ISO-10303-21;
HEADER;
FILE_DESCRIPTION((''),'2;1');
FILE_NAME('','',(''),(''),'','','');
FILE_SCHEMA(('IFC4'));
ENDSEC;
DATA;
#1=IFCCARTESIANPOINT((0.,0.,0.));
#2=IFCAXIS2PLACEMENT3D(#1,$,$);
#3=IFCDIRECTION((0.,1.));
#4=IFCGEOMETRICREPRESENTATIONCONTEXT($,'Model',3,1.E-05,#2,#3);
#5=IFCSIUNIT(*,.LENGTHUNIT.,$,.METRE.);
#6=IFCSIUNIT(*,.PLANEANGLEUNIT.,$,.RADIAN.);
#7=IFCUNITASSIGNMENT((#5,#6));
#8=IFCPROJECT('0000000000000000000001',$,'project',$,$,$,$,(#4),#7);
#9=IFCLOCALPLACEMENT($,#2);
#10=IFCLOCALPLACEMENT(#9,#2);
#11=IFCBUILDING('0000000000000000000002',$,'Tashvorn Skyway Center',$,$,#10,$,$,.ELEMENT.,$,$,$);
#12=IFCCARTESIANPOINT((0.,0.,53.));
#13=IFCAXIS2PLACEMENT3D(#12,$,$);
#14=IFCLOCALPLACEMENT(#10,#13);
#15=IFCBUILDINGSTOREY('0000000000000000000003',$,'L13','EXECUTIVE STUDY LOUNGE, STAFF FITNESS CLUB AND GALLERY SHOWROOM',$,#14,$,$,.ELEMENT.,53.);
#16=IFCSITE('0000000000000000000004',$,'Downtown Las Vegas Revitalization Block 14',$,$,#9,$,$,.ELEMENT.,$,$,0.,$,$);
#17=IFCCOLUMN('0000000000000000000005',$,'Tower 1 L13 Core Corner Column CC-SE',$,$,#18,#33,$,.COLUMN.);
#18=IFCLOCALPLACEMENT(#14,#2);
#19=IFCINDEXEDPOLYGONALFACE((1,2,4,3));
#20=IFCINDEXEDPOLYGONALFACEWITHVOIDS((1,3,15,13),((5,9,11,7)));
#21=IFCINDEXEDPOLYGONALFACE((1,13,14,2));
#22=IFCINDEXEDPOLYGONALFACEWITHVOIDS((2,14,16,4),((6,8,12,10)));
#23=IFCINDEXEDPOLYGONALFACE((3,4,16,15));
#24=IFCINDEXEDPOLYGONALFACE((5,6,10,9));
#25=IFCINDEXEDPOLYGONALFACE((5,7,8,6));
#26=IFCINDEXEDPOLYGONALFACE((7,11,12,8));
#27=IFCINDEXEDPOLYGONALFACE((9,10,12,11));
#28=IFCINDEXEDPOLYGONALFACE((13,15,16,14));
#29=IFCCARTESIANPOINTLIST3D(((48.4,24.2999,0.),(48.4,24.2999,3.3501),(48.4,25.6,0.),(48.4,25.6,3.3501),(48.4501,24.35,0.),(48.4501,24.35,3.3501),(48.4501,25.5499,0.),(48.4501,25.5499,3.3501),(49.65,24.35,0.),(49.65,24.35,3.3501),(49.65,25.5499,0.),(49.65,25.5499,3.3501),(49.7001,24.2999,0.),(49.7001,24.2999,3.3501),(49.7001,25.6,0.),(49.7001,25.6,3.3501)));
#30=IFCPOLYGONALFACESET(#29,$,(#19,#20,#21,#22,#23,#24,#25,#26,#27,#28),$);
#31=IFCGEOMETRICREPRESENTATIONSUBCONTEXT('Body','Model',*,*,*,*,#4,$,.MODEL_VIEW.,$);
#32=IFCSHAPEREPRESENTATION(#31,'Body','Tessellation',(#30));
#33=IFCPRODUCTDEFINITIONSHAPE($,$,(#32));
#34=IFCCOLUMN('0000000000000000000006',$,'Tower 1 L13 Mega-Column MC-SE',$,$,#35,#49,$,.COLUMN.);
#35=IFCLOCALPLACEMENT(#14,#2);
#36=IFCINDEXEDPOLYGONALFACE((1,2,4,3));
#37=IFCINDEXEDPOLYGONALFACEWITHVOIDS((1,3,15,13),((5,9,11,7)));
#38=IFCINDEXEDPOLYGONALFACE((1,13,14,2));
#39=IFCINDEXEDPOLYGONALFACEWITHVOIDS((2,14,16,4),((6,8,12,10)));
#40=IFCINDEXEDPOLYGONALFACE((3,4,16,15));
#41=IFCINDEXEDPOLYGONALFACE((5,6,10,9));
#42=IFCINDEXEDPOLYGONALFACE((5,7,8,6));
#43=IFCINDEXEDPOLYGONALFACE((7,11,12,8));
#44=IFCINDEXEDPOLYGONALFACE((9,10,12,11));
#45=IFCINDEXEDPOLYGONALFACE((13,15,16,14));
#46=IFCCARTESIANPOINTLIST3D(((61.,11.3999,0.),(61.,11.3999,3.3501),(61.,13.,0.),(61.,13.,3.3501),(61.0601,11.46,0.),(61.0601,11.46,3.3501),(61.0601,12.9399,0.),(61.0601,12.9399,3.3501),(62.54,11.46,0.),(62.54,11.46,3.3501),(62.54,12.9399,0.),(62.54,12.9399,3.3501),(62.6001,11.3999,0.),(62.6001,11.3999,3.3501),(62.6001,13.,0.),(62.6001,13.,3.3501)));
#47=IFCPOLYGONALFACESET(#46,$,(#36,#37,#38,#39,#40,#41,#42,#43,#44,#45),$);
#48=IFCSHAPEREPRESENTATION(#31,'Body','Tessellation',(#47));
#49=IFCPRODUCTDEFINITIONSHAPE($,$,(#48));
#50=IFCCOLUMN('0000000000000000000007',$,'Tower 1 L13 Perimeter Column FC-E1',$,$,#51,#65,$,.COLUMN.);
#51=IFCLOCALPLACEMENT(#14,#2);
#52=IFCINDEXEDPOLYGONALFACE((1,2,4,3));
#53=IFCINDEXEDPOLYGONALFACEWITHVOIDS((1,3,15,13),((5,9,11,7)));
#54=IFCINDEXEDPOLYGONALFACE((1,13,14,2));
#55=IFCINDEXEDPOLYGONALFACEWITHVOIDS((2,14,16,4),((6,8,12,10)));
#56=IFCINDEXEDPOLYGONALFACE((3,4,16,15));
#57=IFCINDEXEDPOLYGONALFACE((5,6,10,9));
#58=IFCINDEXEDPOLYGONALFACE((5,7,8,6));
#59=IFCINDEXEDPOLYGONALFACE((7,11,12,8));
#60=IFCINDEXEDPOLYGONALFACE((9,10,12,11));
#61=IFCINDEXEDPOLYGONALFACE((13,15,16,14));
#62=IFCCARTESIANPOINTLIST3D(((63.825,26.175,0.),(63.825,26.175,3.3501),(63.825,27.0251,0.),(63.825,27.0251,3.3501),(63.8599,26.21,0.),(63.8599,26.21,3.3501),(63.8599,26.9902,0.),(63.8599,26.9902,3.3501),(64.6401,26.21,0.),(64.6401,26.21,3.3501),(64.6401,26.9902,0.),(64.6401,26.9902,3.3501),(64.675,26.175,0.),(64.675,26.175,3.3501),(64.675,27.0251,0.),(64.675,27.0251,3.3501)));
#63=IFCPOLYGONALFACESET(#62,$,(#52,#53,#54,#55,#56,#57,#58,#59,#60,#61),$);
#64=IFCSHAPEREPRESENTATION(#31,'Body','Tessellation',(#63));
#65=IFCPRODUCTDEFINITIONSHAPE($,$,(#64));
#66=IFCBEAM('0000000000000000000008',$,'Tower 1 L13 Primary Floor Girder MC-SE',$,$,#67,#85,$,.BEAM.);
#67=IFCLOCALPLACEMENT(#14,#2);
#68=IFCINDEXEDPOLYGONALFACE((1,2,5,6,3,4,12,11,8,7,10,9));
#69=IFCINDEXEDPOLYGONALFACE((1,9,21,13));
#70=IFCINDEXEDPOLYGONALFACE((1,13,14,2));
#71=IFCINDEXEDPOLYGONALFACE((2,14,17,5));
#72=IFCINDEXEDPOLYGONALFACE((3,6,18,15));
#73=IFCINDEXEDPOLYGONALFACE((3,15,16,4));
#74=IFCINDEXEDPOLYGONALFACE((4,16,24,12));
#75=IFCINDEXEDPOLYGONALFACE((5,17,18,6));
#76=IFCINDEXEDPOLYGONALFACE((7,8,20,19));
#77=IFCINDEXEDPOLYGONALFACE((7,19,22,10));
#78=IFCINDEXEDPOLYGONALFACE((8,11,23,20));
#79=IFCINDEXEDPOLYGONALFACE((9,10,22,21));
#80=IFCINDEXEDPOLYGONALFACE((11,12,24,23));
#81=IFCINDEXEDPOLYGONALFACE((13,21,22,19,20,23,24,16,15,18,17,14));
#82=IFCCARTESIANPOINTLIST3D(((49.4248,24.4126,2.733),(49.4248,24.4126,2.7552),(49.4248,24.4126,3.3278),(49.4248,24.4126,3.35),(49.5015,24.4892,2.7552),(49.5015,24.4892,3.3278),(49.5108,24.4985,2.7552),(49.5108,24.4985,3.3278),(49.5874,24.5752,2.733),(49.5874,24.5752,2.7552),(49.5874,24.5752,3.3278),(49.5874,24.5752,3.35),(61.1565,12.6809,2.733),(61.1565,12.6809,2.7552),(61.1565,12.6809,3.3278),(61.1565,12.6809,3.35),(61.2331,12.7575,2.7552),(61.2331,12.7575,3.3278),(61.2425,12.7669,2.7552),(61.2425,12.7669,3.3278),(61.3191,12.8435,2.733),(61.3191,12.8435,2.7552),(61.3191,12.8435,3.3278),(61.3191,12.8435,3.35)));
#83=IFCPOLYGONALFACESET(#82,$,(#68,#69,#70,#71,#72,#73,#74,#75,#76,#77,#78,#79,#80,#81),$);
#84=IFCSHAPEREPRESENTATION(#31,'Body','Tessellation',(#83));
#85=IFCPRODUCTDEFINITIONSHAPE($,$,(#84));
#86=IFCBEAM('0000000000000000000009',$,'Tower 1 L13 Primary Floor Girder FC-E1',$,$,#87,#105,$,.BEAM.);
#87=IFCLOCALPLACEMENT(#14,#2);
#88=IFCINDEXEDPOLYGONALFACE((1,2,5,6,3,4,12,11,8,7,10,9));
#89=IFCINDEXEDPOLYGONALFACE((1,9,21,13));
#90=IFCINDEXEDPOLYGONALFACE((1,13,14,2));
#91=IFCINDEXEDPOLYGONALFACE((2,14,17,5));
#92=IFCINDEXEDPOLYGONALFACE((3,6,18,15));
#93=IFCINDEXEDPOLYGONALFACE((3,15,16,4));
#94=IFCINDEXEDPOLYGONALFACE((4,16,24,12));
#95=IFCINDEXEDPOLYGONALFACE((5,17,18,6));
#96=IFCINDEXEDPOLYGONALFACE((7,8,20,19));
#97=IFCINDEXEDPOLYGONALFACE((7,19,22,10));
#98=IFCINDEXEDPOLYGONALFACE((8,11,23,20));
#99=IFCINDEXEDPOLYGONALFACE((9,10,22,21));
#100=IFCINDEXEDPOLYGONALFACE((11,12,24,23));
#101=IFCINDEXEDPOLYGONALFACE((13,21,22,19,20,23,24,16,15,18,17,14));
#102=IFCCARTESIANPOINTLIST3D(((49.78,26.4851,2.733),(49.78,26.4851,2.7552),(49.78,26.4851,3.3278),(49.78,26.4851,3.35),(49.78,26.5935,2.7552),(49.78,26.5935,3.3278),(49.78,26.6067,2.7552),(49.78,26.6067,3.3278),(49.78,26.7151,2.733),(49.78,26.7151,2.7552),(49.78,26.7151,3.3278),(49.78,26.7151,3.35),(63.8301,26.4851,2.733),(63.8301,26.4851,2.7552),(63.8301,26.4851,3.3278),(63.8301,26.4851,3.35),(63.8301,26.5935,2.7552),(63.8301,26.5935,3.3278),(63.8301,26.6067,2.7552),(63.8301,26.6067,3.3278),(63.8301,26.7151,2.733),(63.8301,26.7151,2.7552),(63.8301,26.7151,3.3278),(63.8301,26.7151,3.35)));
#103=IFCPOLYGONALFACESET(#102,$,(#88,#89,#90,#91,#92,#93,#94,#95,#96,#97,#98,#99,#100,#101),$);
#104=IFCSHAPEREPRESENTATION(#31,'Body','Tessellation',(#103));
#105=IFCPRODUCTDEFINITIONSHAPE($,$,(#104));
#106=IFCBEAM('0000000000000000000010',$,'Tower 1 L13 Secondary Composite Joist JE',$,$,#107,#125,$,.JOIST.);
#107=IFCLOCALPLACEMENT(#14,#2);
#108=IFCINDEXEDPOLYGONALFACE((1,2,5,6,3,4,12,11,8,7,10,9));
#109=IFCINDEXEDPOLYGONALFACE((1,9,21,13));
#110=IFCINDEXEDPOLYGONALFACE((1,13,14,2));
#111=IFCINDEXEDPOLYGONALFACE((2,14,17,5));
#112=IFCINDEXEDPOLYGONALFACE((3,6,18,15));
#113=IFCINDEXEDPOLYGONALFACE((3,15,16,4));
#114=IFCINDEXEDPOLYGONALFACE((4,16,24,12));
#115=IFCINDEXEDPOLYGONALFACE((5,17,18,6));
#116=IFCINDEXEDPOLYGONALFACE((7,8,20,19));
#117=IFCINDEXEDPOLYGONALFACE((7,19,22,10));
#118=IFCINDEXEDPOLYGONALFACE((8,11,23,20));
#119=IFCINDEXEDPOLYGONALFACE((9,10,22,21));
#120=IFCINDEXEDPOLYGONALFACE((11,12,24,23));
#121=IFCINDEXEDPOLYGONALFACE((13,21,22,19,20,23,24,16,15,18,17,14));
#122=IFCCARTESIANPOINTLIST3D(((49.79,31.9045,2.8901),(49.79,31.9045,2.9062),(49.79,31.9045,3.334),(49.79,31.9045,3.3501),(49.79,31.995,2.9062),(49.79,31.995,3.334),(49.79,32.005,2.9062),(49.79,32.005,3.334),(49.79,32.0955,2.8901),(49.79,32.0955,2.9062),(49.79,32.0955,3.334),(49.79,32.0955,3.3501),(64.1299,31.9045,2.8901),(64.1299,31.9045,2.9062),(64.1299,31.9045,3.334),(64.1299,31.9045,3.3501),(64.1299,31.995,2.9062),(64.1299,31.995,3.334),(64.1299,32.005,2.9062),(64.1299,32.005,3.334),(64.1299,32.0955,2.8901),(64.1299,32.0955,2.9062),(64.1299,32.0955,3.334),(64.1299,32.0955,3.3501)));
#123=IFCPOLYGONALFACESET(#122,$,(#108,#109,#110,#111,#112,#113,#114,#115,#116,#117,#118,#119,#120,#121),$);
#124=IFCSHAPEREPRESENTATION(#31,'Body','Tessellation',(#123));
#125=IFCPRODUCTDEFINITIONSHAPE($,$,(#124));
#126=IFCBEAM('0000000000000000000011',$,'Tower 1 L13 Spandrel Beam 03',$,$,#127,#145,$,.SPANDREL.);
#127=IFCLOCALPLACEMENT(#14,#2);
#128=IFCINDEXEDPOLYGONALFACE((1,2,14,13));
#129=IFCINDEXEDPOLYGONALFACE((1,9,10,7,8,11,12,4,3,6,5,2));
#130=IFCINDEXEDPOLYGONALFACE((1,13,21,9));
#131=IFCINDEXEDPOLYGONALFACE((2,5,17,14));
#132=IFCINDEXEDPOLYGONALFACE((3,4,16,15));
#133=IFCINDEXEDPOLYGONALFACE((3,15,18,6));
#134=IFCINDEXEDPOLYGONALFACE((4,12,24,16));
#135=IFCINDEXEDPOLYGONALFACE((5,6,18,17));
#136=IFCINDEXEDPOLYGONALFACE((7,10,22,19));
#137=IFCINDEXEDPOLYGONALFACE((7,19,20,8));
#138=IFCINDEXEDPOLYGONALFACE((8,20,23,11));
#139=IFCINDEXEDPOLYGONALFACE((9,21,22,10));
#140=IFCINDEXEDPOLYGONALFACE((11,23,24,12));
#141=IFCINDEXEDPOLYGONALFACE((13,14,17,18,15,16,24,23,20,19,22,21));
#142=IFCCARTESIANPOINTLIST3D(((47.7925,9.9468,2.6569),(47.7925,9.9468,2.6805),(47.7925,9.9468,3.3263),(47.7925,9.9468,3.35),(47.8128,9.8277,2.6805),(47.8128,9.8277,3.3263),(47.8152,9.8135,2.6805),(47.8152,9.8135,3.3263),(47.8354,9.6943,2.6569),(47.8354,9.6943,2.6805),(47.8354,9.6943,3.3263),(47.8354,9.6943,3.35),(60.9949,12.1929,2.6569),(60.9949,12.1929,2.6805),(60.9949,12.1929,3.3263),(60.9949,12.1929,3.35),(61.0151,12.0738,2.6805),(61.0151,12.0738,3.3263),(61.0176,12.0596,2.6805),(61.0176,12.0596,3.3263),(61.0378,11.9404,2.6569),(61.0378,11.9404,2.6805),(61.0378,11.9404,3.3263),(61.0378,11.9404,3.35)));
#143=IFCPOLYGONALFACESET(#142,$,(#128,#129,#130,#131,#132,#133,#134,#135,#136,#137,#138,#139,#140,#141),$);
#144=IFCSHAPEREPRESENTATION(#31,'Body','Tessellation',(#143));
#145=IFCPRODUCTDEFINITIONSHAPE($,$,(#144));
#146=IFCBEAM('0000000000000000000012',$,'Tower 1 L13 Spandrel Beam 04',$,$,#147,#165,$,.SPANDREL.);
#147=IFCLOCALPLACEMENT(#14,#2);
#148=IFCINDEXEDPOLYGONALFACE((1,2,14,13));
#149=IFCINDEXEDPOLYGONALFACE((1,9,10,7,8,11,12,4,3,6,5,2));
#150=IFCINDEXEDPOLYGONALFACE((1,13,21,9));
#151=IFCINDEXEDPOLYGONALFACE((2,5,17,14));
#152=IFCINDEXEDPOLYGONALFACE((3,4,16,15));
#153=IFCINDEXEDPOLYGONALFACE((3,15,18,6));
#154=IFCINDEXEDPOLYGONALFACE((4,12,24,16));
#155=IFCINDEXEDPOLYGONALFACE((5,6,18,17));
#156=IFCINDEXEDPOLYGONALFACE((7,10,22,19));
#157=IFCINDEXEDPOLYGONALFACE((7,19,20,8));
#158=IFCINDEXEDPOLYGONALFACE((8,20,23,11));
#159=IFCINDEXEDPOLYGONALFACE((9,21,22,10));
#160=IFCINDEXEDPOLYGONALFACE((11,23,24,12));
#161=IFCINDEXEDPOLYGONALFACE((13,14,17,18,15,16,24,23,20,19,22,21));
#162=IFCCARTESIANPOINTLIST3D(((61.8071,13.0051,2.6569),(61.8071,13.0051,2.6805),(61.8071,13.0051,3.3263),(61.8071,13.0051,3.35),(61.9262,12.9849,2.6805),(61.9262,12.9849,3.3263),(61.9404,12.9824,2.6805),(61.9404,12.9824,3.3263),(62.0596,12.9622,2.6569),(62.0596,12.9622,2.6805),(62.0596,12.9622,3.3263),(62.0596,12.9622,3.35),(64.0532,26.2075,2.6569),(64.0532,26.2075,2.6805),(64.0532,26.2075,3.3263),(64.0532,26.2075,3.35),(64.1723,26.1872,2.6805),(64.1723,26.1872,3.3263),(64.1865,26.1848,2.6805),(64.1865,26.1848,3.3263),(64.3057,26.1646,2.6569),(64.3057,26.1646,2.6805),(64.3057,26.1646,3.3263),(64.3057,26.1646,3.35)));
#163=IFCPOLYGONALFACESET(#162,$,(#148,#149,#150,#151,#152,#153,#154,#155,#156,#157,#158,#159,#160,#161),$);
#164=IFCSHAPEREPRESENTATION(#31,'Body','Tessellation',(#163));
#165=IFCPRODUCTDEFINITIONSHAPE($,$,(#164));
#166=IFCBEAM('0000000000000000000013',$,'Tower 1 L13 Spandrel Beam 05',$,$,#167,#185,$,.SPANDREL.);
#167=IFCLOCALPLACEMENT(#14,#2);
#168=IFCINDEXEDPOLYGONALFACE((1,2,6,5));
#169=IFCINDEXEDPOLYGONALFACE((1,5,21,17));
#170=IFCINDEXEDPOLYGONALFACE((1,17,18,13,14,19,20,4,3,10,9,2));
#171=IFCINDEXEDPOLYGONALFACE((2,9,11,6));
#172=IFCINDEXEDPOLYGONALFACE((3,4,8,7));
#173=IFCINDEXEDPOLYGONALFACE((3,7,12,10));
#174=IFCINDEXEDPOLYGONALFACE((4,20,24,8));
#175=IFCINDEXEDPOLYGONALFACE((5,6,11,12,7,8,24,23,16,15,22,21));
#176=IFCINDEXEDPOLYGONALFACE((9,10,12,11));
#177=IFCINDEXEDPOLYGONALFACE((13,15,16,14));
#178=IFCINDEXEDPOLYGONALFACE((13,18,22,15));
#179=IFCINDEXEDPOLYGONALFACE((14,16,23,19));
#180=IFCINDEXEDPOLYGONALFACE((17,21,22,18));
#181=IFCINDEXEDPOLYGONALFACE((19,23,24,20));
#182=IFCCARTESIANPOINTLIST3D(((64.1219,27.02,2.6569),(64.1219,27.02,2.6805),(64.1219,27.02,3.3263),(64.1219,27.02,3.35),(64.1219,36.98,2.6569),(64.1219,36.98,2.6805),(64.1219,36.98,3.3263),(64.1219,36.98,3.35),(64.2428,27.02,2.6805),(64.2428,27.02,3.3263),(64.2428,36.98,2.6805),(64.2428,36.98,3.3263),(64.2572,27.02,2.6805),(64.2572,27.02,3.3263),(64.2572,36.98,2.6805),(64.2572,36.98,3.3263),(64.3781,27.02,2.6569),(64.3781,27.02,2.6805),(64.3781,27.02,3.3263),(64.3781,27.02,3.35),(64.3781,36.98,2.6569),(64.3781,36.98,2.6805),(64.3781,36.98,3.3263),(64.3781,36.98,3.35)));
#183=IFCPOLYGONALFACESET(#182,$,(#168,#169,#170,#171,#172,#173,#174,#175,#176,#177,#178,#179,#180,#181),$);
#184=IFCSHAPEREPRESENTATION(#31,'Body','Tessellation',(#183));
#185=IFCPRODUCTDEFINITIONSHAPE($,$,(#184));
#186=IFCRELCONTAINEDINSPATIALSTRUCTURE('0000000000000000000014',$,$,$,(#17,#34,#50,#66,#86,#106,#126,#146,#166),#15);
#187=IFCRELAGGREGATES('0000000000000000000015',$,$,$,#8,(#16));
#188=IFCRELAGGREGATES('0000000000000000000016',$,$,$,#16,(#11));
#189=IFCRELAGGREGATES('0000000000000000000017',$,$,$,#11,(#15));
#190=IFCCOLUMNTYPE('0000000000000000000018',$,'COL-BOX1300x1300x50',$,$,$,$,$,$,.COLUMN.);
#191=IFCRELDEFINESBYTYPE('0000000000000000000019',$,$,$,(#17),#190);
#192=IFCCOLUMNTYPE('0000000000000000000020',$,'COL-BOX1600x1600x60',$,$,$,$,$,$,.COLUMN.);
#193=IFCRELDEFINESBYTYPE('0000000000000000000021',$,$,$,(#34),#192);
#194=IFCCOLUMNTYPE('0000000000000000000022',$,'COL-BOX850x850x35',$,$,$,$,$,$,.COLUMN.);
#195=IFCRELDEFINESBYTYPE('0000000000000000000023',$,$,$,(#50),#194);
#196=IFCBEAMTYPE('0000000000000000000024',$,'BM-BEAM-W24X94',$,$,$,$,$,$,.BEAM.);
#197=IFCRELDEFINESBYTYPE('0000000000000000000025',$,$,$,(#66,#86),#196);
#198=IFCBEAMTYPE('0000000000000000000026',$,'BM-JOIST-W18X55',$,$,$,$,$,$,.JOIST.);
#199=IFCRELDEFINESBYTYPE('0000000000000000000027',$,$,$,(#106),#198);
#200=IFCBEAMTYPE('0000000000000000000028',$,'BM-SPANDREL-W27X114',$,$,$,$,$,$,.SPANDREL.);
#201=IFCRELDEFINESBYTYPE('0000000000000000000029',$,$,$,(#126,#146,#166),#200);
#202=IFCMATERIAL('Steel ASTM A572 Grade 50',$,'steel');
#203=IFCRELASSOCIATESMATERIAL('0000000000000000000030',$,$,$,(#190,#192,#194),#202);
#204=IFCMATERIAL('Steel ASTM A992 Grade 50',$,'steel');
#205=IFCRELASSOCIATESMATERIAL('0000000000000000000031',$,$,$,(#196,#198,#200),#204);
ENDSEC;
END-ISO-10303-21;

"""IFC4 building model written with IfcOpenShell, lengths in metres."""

from ifc_helpers import new_model, si_unit, direction, frame, origin, origin_2d, place, context, subcontext, project, spatial, hollow_rectangle, i_section, extrude, material, material_profile, profile_set, type_object, element, save


model = new_model("IFC4")

# Units and contexts
model_context = context("Model", 3, precision=1e-05, world=origin(), true_north=direction((0.0, 1.0)))
body_context = subcontext(model_context, "Body", "Model", "MODEL_VIEW")
ifc_project = project(units=[si_unit("LENGTHUNIT", "METRE"), si_unit("PLANEANGLEUNIT", "RADIAN")], contexts=[model_context])

# Site, building, storey
site_placement = place(None, origin())
site = spatial("IfcSite", under=ifc_project, at=site_placement, Name="Downtown Las Vegas Revitalization Block 14", CompositionType="ELEMENT", RefElevation=0.0)
building_placement = place(site_placement, origin())
building = spatial("IfcBuilding", under=site, at=building_placement, Name="Tashvorn Skyway Center", CompositionType="ELEMENT")
storey_placement = place(building_placement, frame((0.0, 0.0, 53.0)))
storey = spatial("IfcBuildingStorey", under=building, at=storey_placement, Name="L13", Description="EXECUTIVE STUDY LOUNGE, STAFF FITNESS CLUB AND GALLERY SHOWROOM", CompositionType="ELEMENT", Elevation=53.0)

# Columns
ifc_material_1 = material(Name="Steel ASTM A572 Grade 50", Category="steel")
ifc_material_profile_1 = material_profile(ifc_material_1, hollow_rectangle(XDim=1.3, YDim=1.3, WallThickness=0.05, at=origin_2d()), Name="BOX1300x1300x50")
ifc_profile_set_1 = profile_set([ifc_material_profile_1], Name="Steel ASTM A572 Grade 50")
column_type_1 = type_object("IfcColumnType", Name="COL-BOX1300x1300x50", PredefinedType="COLUMN", material=ifc_profile_set_1)
column_1_placement = place(storey_placement, frame((49.05, 24.95, 0.0), z_axis=(0.0, 0.0, 1.0), x_axis=(1.0, 0.0, 0.0)))
element("IfcColumn", 1, at=column_1_placement, inside=storey, type_object=column_type_1, Name="Tower 1 L13 Core Corner Column CC-SE", PredefinedType="COLUMN", context=body_context, shape_type="SweptSolid", body=[
    extrude(hollow_rectangle(XDim=1.3, YDim=1.3, WallThickness=0.05, at=origin_2d()), origin(), (0.0, 0.0, 1.0), 3.3501),
])
ifc_material_profile_2 = material_profile(ifc_material_1, hollow_rectangle(XDim=1.6001, YDim=1.6001, WallThickness=0.0601, at=origin_2d()), Name="BOX1600x1600x60")
ifc_profile_set_2 = profile_set([ifc_material_profile_2], Name="Steel ASTM A572 Grade 50")
column_type_2 = type_object("IfcColumnType", Name="COL-BOX1600x1600x60", PredefinedType="COLUMN", material=ifc_profile_set_2)
column_2_placement = place(storey_placement, frame((61.8, 12.2, 0.0), z_axis=(0.0, 0.0, 1.0), x_axis=(1.0, 0.0, 0.0)))
element("IfcColumn", 2, at=column_2_placement, inside=storey, type_object=column_type_2, Name="Tower 1 L13 Mega-Column MC-SE", PredefinedType="COLUMN", context=body_context, shape_type="SweptSolid", body=[
    extrude(hollow_rectangle(XDim=1.6001, YDim=1.6001, WallThickness=0.0601, at=origin_2d()), origin(), (0.0, 0.0, 1.0), 3.3501),
])
ifc_material_profile_3 = material_profile(ifc_material_1, hollow_rectangle(XDim=0.8501, YDim=0.8501, WallThickness=0.0349, at=origin_2d()), Name="BOX850x850x35")
ifc_profile_set_3 = profile_set([ifc_material_profile_3], Name="Steel ASTM A572 Grade 50")
column_type_3 = type_object("IfcColumnType", Name="COL-BOX850x850x35", PredefinedType="COLUMN", material=ifc_profile_set_3)
column_3_placement = place(storey_placement, frame((64.25, 26.6001, 0.0), z_axis=(0.0, 0.0, 1.0), x_axis=(1.0, 0.0, 0.0)))
element("IfcColumn", 3, at=column_3_placement, inside=storey, type_object=column_type_3, Name="Tower 1 L13 Perimeter Column FC-E1", PredefinedType="COLUMN", context=body_context, shape_type="SweptSolid", body=[
    extrude(hollow_rectangle(XDim=0.8501, YDim=0.8501, WallThickness=0.0349, at=origin_2d()), origin(), (0.0, 0.0, 1.0), 3.3501),
])

# Beams
ifc_material_2 = material(Name="Steel ASTM A992 Grade 50", Category="steel")
ifc_material_profile_4 = material_profile(ifc_material_2, i_section(OverallWidth=0.23, OverallDepth=0.6169, WebThickness=0.0132, FlangeThickness=0.0222, at=origin_2d()), Name="W24X94")
ifc_profile_set_4 = profile_set([ifc_material_profile_4], Name="Steel ASTM A992 Grade 50")
beam_type_1 = type_object("IfcBeamType", Name="BM-BEAM-W24X94", PredefinedType="BEAM", material=ifc_profile_set_4)
beam_1_placement = place(storey_placement, frame((61.2378, 12.7622, 3.0415), z_axis=(-0.707107, 0.707107, 0.0), x_axis=(-0.707107, -0.707107, 0.0)))
element("IfcBeam", 4, at=beam_1_placement, inside=storey, type_object=beam_type_1, Name="Tower 1 L13 Primary Floor Girder MC-SE", PredefinedType="BEAM", context=body_context, shape_type="SweptSolid", body=[
    extrude(i_section(OverallWidth=0.23, OverallDepth=0.6169, WebThickness=0.0132, FlangeThickness=0.0222, at=origin_2d()), origin(), (0.0, 0.0, 1.0), 16.5911),
])
beam_2_placement = place(storey_placement, frame((63.8301, 26.6001, 3.0415), z_axis=(-1.0, 0.0, 0.0), x_axis=(0.0, -1.0, 0.0)))
element("IfcBeam", 5, at=beam_2_placement, inside=storey, type_object=beam_type_1, Name="Tower 1 L13 Primary Floor Girder FC-E1", PredefinedType="BEAM", context=body_context, shape_type="SweptSolid", body=[
    extrude(i_section(OverallWidth=0.23, OverallDepth=0.6169, WebThickness=0.0132, FlangeThickness=0.0222, at=origin_2d()), origin(), (0.0, 0.0, 1.0), 14.05),
])
ifc_material_profile_5 = material_profile(ifc_material_2, i_section(OverallWidth=0.1909, OverallDepth=0.46, WebThickness=0.01, FlangeThickness=0.0161, at=origin_2d()), Name="W18X55")
ifc_profile_set_5 = profile_set([ifc_material_profile_5], Name="Steel ASTM A992 Grade 50")
beam_type_2 = type_object("IfcBeamType", Name="BM-JOIST-W18X55", PredefinedType="JOIST", material=ifc_profile_set_5)
beam_3_placement = place(storey_placement, frame((49.79, 32.0, 3.1201), z_axis=(1.0, 0.0, 0.0), x_axis=(0.0, 1.0, 0.0)))
element("IfcBeam", 6, at=beam_3_placement, inside=storey, type_object=beam_type_2, Name="Tower 1 L13 Secondary Composite Joist JE", PredefinedType="JOIST", context=body_context, shape_type="SweptSolid", body=[
    extrude(i_section(OverallWidth=0.1909, OverallDepth=0.46, WebThickness=0.01, FlangeThickness=0.0161, at=origin_2d()), origin(), (0.0, 0.0, 1.0), 14.3398),
])
ifc_material_profile_6 = material_profile(ifc_material_2, i_section(OverallWidth=0.2561, OverallDepth=0.6931, WebThickness=0.0144, FlangeThickness=0.0237, at=origin_2d()), Name="W27X114")
ifc_profile_set_6 = profile_set([ifc_material_profile_6], Name="Steel ASTM A992 Grade 50")
beam_type_3 = type_object("IfcBeamType", Name="BM-SPANDREL-W27X114", PredefinedType="SPANDREL", material=ifc_profile_set_6)
for number, where, z_axis, x_axis, name in (
    (7, (47.814, 9.8206, 3.0034), (0.985835, 0.167718, 0.0), (-0.167718, 0.985835, 0.0), "Tower 1 L13 Spandrel Beam 03"),
    (8, (61.9333, 12.9836, 3.0034), (0.167718, 0.985835, 0.0), (-0.985835, 0.167718, 0.0), "Tower 1 L13 Spandrel Beam 04"),
):
    element("IfcBeam", number, at=place(storey_placement, frame(where, z_axis=z_axis, x_axis=x_axis)), inside=storey, type_object=beam_type_3, Name=name, PredefinedType="SPANDREL", context=body_context, shape_type="SweptSolid", body=[
        extrude(i_section(OverallWidth=0.2561, OverallDepth=0.6931, WebThickness=0.0144, FlangeThickness=0.0237, at=origin_2d()), origin(), (0.0, 0.0, 1.0), 13.3921),
    ])
beam_4_placement = place(storey_placement, frame((64.25, 27.02, 3.0034), z_axis=(0.0, 1.0, 0.0), x_axis=(-1.0, 0.0, 0.0)))
element("IfcBeam", 9, at=beam_4_placement, inside=storey, type_object=beam_type_3, Name="Tower 1 L13 Spandrel Beam 05", PredefinedType="SPANDREL", context=body_context, shape_type="SweptSolid", body=[
    extrude(i_section(OverallWidth=0.2561, OverallDepth=0.6931, WebThickness=0.0144, FlangeThickness=0.0237, at=origin_2d()), origin(), (0.0, 0.0, 1.0), 9.96),
])

save(model, "model.ifc")
